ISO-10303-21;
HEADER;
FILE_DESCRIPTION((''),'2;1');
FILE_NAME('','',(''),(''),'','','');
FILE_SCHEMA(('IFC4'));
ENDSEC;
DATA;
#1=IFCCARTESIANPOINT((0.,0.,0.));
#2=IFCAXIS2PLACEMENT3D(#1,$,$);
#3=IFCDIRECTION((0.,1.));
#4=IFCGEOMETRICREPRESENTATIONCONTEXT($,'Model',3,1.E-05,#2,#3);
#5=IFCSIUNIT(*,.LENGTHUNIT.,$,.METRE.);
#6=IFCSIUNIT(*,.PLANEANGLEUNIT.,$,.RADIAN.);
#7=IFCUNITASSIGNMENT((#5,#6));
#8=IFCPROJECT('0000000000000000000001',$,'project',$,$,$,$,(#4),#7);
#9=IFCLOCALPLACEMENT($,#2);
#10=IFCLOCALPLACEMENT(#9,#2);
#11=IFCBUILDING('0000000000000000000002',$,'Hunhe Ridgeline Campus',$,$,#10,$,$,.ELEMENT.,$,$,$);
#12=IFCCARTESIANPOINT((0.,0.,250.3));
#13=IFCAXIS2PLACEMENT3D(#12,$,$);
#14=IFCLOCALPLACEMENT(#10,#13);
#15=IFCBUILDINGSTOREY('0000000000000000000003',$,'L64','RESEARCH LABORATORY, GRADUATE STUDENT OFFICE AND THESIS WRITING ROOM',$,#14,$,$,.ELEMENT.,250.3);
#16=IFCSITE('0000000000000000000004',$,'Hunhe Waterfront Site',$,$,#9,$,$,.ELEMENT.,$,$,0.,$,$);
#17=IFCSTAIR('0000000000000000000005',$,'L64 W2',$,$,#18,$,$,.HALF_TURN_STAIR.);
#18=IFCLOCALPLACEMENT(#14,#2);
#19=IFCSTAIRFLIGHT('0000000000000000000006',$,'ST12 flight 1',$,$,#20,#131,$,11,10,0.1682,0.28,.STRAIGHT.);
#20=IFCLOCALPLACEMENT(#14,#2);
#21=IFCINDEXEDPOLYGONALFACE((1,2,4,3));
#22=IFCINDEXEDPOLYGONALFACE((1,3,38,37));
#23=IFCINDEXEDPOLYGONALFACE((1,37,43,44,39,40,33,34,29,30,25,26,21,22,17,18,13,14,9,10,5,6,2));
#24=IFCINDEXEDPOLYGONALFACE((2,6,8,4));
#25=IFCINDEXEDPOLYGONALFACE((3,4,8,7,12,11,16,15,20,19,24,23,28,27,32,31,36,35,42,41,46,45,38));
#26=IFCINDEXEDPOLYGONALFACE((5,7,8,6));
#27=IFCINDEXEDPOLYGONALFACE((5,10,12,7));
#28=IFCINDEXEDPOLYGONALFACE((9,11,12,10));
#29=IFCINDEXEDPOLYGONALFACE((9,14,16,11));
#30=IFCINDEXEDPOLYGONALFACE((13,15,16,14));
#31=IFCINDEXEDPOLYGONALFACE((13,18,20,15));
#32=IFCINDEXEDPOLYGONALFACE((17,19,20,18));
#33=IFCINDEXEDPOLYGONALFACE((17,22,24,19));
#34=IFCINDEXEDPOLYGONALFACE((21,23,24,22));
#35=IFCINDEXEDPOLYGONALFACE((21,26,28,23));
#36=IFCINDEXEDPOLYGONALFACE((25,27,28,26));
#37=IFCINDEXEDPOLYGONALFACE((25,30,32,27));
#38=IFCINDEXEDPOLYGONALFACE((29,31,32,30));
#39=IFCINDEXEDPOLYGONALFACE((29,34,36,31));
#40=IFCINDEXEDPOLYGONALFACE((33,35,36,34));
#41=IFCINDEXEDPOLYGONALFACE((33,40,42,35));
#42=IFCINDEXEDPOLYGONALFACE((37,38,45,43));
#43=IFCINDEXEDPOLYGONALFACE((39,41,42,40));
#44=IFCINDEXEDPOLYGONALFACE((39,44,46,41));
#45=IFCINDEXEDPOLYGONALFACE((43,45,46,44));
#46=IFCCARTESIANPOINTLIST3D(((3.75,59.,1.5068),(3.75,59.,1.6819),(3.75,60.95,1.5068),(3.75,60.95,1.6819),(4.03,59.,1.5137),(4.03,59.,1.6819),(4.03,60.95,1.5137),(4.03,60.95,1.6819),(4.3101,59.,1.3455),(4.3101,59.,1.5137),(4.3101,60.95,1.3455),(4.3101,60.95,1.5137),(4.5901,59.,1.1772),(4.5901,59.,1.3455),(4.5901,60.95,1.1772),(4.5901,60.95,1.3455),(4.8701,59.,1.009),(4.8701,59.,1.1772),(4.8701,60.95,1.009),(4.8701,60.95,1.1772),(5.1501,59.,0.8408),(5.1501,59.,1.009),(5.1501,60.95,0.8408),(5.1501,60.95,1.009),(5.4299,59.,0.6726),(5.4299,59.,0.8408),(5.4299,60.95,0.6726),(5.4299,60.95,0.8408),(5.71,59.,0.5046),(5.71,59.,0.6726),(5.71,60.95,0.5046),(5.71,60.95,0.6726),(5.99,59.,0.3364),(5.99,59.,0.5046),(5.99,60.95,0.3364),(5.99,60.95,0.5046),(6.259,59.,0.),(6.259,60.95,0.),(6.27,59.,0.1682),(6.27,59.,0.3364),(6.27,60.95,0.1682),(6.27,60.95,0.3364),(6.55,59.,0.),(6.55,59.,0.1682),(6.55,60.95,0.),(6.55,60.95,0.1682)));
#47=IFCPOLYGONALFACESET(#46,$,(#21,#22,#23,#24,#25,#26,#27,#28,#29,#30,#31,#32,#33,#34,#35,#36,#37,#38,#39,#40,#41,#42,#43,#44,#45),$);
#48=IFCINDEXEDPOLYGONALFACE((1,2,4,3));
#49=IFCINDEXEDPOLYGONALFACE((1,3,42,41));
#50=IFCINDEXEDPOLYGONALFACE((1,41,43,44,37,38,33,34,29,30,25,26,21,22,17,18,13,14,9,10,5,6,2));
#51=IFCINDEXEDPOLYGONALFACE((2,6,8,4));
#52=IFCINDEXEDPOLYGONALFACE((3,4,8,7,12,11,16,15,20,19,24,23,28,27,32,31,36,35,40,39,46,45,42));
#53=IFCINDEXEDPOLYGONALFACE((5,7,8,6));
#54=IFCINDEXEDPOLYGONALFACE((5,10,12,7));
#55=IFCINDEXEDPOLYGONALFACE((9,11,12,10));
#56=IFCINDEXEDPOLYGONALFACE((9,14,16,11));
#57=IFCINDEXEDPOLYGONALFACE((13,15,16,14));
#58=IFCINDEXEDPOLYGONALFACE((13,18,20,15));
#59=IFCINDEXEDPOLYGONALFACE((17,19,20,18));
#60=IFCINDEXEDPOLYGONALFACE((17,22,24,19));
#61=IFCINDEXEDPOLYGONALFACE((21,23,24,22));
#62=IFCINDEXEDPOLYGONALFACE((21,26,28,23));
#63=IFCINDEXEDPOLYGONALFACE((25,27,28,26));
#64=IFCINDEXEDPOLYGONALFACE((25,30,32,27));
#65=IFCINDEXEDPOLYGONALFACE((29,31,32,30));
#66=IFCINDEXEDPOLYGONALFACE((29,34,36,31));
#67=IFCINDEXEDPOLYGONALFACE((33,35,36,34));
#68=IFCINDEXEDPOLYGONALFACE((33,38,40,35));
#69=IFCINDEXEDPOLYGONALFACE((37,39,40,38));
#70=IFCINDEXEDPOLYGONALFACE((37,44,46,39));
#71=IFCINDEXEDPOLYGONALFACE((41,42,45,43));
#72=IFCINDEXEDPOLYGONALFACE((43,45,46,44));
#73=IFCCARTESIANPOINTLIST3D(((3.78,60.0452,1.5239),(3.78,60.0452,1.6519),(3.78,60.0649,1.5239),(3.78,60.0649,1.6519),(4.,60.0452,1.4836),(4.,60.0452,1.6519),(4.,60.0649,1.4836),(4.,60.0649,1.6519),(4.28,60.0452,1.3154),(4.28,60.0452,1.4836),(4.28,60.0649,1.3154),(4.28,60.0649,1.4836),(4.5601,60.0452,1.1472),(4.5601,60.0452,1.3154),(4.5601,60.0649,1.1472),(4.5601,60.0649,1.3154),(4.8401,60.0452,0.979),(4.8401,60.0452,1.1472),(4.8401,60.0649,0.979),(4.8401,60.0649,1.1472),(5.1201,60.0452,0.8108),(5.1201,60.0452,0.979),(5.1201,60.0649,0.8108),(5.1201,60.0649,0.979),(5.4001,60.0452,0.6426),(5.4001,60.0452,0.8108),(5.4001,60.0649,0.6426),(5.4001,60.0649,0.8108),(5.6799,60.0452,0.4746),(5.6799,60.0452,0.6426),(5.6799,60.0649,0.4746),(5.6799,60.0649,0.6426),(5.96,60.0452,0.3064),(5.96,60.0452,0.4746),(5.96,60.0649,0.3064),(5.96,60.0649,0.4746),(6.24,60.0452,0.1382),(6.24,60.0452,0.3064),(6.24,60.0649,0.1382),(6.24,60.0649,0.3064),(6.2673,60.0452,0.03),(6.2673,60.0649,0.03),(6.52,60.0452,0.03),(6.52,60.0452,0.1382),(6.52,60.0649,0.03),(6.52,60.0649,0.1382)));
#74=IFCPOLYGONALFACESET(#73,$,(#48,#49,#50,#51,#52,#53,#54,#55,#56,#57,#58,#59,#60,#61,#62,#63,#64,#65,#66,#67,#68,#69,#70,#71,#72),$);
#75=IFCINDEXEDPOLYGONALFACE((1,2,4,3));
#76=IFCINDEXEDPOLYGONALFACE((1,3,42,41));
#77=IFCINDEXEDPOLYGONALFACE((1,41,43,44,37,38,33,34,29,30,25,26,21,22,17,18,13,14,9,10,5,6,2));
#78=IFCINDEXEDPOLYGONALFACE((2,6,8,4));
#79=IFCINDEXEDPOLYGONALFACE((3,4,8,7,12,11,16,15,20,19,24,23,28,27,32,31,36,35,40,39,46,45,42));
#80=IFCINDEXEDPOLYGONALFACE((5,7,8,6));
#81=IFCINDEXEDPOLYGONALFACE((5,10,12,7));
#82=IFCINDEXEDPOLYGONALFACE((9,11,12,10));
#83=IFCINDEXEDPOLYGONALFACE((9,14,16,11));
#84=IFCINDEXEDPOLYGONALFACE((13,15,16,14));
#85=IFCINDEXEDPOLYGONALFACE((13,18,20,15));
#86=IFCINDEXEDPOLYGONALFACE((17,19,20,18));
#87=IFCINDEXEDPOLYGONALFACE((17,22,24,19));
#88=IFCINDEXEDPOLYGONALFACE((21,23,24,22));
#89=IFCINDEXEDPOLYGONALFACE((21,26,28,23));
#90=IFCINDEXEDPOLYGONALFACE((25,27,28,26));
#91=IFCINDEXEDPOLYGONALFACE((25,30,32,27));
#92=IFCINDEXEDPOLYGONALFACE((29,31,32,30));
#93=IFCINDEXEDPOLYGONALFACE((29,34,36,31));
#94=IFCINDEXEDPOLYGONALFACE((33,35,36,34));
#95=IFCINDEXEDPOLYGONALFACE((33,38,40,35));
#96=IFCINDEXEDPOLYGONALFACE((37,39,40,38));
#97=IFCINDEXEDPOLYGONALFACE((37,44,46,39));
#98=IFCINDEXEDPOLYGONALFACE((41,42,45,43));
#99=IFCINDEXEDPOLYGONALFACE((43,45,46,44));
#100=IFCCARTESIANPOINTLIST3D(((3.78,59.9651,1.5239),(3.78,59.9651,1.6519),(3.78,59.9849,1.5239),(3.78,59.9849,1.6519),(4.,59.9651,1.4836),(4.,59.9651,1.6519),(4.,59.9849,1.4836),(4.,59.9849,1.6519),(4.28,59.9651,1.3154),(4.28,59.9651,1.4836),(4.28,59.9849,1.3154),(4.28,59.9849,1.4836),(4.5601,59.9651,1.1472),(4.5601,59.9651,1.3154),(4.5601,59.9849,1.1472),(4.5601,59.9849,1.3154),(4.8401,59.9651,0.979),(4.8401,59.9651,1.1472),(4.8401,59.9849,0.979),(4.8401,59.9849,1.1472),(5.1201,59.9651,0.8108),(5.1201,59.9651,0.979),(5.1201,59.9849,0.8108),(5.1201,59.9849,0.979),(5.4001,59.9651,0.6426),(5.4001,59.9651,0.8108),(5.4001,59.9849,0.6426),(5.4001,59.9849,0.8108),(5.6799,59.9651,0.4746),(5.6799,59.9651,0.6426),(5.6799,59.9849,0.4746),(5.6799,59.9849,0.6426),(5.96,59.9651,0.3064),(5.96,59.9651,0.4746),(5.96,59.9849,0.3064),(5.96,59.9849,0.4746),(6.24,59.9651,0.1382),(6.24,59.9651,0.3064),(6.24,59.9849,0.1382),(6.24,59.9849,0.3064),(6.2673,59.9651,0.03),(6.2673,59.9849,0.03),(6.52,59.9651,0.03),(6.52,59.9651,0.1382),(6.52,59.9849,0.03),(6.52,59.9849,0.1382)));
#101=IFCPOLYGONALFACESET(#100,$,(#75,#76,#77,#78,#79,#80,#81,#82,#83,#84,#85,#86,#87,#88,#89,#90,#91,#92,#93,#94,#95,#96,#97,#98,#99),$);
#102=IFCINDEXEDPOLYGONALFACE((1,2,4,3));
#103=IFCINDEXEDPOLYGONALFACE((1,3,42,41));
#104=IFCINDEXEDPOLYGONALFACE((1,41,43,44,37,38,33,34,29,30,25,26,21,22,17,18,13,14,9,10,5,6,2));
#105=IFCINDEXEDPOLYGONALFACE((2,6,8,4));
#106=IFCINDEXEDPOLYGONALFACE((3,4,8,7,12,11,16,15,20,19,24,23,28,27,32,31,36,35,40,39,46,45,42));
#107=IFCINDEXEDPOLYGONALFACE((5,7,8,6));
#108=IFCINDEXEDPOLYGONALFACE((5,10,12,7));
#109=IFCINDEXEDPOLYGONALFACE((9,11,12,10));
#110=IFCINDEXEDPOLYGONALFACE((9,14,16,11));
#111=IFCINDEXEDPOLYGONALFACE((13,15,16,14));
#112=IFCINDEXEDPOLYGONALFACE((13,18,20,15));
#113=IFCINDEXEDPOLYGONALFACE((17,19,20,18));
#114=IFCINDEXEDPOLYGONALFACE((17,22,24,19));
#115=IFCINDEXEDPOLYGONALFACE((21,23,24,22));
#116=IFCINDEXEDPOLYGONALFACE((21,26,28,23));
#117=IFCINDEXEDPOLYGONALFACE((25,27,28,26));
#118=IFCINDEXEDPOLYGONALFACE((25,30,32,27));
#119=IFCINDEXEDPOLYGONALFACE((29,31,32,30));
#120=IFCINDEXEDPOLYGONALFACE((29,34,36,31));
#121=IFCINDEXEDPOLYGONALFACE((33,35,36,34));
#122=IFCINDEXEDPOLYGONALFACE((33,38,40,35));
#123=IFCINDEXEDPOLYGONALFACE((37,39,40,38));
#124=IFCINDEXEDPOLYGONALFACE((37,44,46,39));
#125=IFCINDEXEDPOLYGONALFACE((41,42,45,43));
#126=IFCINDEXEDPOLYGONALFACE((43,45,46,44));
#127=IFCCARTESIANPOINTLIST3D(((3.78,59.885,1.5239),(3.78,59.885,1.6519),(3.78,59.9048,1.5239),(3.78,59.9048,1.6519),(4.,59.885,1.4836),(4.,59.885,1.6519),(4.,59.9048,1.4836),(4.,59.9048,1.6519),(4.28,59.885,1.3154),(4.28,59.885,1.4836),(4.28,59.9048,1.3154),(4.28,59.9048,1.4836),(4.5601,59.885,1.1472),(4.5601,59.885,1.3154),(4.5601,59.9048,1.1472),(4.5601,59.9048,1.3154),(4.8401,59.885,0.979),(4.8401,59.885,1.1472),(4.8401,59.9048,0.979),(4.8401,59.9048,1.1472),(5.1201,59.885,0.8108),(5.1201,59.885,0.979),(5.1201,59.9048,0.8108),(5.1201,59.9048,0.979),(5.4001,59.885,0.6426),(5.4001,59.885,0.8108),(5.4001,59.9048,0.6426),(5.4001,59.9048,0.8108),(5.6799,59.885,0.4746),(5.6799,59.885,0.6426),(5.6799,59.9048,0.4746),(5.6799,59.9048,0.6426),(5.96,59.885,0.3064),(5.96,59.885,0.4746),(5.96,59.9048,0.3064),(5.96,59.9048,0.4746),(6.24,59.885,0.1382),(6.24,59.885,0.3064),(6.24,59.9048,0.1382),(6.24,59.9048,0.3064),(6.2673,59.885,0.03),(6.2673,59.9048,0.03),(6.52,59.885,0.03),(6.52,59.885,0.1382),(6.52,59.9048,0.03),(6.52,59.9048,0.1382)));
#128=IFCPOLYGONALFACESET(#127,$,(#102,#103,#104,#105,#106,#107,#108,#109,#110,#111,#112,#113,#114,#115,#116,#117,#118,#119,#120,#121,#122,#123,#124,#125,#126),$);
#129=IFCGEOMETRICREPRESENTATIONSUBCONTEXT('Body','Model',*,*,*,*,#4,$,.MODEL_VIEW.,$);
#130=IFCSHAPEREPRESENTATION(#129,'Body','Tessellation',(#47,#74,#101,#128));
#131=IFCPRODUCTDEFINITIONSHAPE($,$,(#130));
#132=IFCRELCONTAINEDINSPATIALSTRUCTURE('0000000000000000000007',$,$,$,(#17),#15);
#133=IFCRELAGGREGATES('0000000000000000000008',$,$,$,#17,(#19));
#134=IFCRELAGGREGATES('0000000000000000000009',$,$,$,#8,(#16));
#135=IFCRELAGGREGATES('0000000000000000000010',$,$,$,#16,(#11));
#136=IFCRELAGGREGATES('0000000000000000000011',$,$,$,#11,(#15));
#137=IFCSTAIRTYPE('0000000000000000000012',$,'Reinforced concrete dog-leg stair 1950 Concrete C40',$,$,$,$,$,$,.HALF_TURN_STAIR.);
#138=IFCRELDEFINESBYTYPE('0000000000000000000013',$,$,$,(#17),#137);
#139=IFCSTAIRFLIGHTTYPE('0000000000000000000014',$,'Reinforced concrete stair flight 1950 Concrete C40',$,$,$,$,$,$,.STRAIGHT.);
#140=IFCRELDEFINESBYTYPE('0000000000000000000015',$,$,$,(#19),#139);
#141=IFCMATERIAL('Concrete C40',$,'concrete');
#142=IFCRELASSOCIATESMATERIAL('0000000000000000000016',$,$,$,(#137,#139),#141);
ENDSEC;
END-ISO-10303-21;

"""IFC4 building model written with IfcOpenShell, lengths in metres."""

from ifc_helpers import new_model, si_unit, direction, frame, origin, place, context, subcontext, project, spatial, polyline, outline, extrude, material, type_object, element, aggregate, save


model = new_model("IFC4")

# Units and contexts
model_context = context("Model", 3, precision=1e-05, world=origin(), true_north=direction((0.0, 1.0)))
body_context = subcontext(model_context, "Body", "Model", "MODEL_VIEW")
ifc_project = project(units=[si_unit("LENGTHUNIT", "METRE"), si_unit("PLANEANGLEUNIT", "RADIAN")], contexts=[model_context])

# Site, building, storey
site_placement = place(None, origin())
site = spatial("IfcSite", under=ifc_project, at=site_placement, Name="Hunhe Waterfront Site", CompositionType="ELEMENT", RefElevation=0.0)
building_placement = place(site_placement, origin())
building = spatial("IfcBuilding", under=site, at=building_placement, Name="Hunhe Ridgeline Campus", CompositionType="ELEMENT")
storey_placement = place(building_placement, frame((0.0, 0.0, 250.3)))
storey = spatial("IfcBuildingStorey", under=building, at=storey_placement, Name="L64", Description="RESEARCH LABORATORY, GRADUATE STUDENT OFFICE AND THESIS WRITING ROOM", CompositionType="ELEMENT", Elevation=250.3)

# Stair, stair flight
ifc_material_1 = material(Name="Concrete C40", Category="concrete")
stair_type = type_object("IfcStairType", Name="Reinforced concrete dog-leg stair 1950 Concrete C40", PredefinedType="HALF_TURN_STAIR", material=ifc_material_1)
stair_flight_type = type_object("IfcStairFlightType", Name="Reinforced concrete stair flight 1950 Concrete C40", PredefinedType="STRAIGHT", material=ifc_material_1)
stair_1_placement = place(storey_placement, origin())
stair_1 = element("IfcStair", 1, at=stair_1_placement, inside=storey, type_object=stair_type, Name="L64 W2", PredefinedType="HALF_TURN_STAIR")
stair_flight_1_placement = place(storey_placement, frame((6.55, 59.9751, 0.0), z_axis=(0.0, 0.0, 1.0), x_axis=(-1.0, 0.0, 0.0)))
stair_flight_1 = element("IfcStairFlight", 2, at=stair_flight_1_placement, type_object=stair_flight_type, Name="ST12 flight 1", NumberOfRisers=11, NumberOfTreads=10, PredefinedType="STRAIGHT", RiserHeight=0.1682, TreadLength=0.28, context=body_context, shape_type="SweptSolid", body=[
    extrude(outline(polyline([(0.0, 0.0), (0.0, 0.1682), (0.28, 0.1682), (0.28, 0.3364), (0.5601, 0.3364), (0.5601, 0.5046), (0.8401, 0.5046), (0.8401, 0.6726), (1.1201, 0.6726), (1.1201, 0.8408), (1.3999, 0.8408), (1.3999, 1.009), (1.6799, 1.009), (1.6799, 1.1772), (1.96, 1.1772), (1.96, 1.3455), (2.24, 1.3455), (2.24, 1.5137), (2.52, 1.5137), (2.52, 1.6819), (2.8, 1.6819), (2.8, 1.8501), (2.8, 1.5068), (0.291, 0.0), (0.0, 0.0)])), frame((0.0, 0.9751, 0.0), z_axis=(0.0, -1.0, 0.0), x_axis=(1.0, 0.0, 0.0)), (0.0, 0.0, 1.0), 1.95),
    extrude(outline(polyline([(0.03, 0.03), (0.03, 0.1382), (0.3101, 0.1382), (0.3101, 0.3064), (0.5901, 0.3064), (0.5901, 0.4746), (0.8701, 0.4746), (0.8701, 0.6426), (1.1499, 0.6426), (1.1499, 0.8108), (1.4299, 0.8108), (1.4299, 0.979), (1.71, 0.979), (1.71, 1.1472), (1.99, 1.1472), (1.99, 1.3154), (2.27, 1.3154), (2.27, 1.4836), (2.55, 1.4836), (2.55, 1.6519), (2.77, 1.6519), (2.77, 1.5239), (0.2827, 0.03), (0.03, 0.03)])), frame((0.0, -0.0701, 0.0), z_axis=(0.0, -1.0, 0.0), x_axis=(1.0, 0.0, 0.0)), (0.0, 0.0, 1.0), 0.0198),
    extrude(outline(polyline([(0.03, 0.03), (0.03, 0.1382), (0.3101, 0.1382), (0.3101, 0.3064), (0.5901, 0.3064), (0.5901, 0.4746), (0.8701, 0.4746), (0.8701, 0.6426), (1.1499, 0.6426), (1.1499, 0.8108), (1.4299, 0.8108), (1.4299, 0.979), (1.71, 0.979), (1.71, 1.1472), (1.99, 1.1472), (1.99, 1.3154), (2.27, 1.3154), (2.27, 1.4836), (2.55, 1.4836), (2.55, 1.6519), (2.77, 1.6519), (2.77, 1.5239), (0.2827, 0.03), (0.03, 0.03)])), frame((0.0, 0.01, 0.0), z_axis=(0.0, -1.0, 0.0), x_axis=(1.0, 0.0, 0.0)), (0.0, 0.0, 1.0), 0.0198),
    extrude(outline(polyline([(0.03, 0.03), (0.03, 0.1382), (0.3101, 0.1382), (0.3101, 0.3064), (0.5901, 0.3064), (0.5901, 0.4746), (0.8701, 0.4746), (0.8701, 0.6426), (1.1499, 0.6426), (1.1499, 0.8108), (1.4299, 0.8108), (1.4299, 0.979), (1.71, 0.979), (1.71, 1.1472), (1.99, 1.1472), (1.99, 1.3154), (2.27, 1.3154), (2.27, 1.4836), (2.55, 1.4836), (2.55, 1.6519), (2.77, 1.6519), (2.77, 1.5239), (0.2827, 0.03), (0.03, 0.03)])), frame((0.0, 0.0901, 0.0), z_axis=(0.0, -1.0, 0.0), x_axis=(1.0, 0.0, 0.0)), (0.0, 0.0, 1.0), 0.0198),
])
aggregate(stair_1, [stair_flight_1])

save(model, "model.ifc")
